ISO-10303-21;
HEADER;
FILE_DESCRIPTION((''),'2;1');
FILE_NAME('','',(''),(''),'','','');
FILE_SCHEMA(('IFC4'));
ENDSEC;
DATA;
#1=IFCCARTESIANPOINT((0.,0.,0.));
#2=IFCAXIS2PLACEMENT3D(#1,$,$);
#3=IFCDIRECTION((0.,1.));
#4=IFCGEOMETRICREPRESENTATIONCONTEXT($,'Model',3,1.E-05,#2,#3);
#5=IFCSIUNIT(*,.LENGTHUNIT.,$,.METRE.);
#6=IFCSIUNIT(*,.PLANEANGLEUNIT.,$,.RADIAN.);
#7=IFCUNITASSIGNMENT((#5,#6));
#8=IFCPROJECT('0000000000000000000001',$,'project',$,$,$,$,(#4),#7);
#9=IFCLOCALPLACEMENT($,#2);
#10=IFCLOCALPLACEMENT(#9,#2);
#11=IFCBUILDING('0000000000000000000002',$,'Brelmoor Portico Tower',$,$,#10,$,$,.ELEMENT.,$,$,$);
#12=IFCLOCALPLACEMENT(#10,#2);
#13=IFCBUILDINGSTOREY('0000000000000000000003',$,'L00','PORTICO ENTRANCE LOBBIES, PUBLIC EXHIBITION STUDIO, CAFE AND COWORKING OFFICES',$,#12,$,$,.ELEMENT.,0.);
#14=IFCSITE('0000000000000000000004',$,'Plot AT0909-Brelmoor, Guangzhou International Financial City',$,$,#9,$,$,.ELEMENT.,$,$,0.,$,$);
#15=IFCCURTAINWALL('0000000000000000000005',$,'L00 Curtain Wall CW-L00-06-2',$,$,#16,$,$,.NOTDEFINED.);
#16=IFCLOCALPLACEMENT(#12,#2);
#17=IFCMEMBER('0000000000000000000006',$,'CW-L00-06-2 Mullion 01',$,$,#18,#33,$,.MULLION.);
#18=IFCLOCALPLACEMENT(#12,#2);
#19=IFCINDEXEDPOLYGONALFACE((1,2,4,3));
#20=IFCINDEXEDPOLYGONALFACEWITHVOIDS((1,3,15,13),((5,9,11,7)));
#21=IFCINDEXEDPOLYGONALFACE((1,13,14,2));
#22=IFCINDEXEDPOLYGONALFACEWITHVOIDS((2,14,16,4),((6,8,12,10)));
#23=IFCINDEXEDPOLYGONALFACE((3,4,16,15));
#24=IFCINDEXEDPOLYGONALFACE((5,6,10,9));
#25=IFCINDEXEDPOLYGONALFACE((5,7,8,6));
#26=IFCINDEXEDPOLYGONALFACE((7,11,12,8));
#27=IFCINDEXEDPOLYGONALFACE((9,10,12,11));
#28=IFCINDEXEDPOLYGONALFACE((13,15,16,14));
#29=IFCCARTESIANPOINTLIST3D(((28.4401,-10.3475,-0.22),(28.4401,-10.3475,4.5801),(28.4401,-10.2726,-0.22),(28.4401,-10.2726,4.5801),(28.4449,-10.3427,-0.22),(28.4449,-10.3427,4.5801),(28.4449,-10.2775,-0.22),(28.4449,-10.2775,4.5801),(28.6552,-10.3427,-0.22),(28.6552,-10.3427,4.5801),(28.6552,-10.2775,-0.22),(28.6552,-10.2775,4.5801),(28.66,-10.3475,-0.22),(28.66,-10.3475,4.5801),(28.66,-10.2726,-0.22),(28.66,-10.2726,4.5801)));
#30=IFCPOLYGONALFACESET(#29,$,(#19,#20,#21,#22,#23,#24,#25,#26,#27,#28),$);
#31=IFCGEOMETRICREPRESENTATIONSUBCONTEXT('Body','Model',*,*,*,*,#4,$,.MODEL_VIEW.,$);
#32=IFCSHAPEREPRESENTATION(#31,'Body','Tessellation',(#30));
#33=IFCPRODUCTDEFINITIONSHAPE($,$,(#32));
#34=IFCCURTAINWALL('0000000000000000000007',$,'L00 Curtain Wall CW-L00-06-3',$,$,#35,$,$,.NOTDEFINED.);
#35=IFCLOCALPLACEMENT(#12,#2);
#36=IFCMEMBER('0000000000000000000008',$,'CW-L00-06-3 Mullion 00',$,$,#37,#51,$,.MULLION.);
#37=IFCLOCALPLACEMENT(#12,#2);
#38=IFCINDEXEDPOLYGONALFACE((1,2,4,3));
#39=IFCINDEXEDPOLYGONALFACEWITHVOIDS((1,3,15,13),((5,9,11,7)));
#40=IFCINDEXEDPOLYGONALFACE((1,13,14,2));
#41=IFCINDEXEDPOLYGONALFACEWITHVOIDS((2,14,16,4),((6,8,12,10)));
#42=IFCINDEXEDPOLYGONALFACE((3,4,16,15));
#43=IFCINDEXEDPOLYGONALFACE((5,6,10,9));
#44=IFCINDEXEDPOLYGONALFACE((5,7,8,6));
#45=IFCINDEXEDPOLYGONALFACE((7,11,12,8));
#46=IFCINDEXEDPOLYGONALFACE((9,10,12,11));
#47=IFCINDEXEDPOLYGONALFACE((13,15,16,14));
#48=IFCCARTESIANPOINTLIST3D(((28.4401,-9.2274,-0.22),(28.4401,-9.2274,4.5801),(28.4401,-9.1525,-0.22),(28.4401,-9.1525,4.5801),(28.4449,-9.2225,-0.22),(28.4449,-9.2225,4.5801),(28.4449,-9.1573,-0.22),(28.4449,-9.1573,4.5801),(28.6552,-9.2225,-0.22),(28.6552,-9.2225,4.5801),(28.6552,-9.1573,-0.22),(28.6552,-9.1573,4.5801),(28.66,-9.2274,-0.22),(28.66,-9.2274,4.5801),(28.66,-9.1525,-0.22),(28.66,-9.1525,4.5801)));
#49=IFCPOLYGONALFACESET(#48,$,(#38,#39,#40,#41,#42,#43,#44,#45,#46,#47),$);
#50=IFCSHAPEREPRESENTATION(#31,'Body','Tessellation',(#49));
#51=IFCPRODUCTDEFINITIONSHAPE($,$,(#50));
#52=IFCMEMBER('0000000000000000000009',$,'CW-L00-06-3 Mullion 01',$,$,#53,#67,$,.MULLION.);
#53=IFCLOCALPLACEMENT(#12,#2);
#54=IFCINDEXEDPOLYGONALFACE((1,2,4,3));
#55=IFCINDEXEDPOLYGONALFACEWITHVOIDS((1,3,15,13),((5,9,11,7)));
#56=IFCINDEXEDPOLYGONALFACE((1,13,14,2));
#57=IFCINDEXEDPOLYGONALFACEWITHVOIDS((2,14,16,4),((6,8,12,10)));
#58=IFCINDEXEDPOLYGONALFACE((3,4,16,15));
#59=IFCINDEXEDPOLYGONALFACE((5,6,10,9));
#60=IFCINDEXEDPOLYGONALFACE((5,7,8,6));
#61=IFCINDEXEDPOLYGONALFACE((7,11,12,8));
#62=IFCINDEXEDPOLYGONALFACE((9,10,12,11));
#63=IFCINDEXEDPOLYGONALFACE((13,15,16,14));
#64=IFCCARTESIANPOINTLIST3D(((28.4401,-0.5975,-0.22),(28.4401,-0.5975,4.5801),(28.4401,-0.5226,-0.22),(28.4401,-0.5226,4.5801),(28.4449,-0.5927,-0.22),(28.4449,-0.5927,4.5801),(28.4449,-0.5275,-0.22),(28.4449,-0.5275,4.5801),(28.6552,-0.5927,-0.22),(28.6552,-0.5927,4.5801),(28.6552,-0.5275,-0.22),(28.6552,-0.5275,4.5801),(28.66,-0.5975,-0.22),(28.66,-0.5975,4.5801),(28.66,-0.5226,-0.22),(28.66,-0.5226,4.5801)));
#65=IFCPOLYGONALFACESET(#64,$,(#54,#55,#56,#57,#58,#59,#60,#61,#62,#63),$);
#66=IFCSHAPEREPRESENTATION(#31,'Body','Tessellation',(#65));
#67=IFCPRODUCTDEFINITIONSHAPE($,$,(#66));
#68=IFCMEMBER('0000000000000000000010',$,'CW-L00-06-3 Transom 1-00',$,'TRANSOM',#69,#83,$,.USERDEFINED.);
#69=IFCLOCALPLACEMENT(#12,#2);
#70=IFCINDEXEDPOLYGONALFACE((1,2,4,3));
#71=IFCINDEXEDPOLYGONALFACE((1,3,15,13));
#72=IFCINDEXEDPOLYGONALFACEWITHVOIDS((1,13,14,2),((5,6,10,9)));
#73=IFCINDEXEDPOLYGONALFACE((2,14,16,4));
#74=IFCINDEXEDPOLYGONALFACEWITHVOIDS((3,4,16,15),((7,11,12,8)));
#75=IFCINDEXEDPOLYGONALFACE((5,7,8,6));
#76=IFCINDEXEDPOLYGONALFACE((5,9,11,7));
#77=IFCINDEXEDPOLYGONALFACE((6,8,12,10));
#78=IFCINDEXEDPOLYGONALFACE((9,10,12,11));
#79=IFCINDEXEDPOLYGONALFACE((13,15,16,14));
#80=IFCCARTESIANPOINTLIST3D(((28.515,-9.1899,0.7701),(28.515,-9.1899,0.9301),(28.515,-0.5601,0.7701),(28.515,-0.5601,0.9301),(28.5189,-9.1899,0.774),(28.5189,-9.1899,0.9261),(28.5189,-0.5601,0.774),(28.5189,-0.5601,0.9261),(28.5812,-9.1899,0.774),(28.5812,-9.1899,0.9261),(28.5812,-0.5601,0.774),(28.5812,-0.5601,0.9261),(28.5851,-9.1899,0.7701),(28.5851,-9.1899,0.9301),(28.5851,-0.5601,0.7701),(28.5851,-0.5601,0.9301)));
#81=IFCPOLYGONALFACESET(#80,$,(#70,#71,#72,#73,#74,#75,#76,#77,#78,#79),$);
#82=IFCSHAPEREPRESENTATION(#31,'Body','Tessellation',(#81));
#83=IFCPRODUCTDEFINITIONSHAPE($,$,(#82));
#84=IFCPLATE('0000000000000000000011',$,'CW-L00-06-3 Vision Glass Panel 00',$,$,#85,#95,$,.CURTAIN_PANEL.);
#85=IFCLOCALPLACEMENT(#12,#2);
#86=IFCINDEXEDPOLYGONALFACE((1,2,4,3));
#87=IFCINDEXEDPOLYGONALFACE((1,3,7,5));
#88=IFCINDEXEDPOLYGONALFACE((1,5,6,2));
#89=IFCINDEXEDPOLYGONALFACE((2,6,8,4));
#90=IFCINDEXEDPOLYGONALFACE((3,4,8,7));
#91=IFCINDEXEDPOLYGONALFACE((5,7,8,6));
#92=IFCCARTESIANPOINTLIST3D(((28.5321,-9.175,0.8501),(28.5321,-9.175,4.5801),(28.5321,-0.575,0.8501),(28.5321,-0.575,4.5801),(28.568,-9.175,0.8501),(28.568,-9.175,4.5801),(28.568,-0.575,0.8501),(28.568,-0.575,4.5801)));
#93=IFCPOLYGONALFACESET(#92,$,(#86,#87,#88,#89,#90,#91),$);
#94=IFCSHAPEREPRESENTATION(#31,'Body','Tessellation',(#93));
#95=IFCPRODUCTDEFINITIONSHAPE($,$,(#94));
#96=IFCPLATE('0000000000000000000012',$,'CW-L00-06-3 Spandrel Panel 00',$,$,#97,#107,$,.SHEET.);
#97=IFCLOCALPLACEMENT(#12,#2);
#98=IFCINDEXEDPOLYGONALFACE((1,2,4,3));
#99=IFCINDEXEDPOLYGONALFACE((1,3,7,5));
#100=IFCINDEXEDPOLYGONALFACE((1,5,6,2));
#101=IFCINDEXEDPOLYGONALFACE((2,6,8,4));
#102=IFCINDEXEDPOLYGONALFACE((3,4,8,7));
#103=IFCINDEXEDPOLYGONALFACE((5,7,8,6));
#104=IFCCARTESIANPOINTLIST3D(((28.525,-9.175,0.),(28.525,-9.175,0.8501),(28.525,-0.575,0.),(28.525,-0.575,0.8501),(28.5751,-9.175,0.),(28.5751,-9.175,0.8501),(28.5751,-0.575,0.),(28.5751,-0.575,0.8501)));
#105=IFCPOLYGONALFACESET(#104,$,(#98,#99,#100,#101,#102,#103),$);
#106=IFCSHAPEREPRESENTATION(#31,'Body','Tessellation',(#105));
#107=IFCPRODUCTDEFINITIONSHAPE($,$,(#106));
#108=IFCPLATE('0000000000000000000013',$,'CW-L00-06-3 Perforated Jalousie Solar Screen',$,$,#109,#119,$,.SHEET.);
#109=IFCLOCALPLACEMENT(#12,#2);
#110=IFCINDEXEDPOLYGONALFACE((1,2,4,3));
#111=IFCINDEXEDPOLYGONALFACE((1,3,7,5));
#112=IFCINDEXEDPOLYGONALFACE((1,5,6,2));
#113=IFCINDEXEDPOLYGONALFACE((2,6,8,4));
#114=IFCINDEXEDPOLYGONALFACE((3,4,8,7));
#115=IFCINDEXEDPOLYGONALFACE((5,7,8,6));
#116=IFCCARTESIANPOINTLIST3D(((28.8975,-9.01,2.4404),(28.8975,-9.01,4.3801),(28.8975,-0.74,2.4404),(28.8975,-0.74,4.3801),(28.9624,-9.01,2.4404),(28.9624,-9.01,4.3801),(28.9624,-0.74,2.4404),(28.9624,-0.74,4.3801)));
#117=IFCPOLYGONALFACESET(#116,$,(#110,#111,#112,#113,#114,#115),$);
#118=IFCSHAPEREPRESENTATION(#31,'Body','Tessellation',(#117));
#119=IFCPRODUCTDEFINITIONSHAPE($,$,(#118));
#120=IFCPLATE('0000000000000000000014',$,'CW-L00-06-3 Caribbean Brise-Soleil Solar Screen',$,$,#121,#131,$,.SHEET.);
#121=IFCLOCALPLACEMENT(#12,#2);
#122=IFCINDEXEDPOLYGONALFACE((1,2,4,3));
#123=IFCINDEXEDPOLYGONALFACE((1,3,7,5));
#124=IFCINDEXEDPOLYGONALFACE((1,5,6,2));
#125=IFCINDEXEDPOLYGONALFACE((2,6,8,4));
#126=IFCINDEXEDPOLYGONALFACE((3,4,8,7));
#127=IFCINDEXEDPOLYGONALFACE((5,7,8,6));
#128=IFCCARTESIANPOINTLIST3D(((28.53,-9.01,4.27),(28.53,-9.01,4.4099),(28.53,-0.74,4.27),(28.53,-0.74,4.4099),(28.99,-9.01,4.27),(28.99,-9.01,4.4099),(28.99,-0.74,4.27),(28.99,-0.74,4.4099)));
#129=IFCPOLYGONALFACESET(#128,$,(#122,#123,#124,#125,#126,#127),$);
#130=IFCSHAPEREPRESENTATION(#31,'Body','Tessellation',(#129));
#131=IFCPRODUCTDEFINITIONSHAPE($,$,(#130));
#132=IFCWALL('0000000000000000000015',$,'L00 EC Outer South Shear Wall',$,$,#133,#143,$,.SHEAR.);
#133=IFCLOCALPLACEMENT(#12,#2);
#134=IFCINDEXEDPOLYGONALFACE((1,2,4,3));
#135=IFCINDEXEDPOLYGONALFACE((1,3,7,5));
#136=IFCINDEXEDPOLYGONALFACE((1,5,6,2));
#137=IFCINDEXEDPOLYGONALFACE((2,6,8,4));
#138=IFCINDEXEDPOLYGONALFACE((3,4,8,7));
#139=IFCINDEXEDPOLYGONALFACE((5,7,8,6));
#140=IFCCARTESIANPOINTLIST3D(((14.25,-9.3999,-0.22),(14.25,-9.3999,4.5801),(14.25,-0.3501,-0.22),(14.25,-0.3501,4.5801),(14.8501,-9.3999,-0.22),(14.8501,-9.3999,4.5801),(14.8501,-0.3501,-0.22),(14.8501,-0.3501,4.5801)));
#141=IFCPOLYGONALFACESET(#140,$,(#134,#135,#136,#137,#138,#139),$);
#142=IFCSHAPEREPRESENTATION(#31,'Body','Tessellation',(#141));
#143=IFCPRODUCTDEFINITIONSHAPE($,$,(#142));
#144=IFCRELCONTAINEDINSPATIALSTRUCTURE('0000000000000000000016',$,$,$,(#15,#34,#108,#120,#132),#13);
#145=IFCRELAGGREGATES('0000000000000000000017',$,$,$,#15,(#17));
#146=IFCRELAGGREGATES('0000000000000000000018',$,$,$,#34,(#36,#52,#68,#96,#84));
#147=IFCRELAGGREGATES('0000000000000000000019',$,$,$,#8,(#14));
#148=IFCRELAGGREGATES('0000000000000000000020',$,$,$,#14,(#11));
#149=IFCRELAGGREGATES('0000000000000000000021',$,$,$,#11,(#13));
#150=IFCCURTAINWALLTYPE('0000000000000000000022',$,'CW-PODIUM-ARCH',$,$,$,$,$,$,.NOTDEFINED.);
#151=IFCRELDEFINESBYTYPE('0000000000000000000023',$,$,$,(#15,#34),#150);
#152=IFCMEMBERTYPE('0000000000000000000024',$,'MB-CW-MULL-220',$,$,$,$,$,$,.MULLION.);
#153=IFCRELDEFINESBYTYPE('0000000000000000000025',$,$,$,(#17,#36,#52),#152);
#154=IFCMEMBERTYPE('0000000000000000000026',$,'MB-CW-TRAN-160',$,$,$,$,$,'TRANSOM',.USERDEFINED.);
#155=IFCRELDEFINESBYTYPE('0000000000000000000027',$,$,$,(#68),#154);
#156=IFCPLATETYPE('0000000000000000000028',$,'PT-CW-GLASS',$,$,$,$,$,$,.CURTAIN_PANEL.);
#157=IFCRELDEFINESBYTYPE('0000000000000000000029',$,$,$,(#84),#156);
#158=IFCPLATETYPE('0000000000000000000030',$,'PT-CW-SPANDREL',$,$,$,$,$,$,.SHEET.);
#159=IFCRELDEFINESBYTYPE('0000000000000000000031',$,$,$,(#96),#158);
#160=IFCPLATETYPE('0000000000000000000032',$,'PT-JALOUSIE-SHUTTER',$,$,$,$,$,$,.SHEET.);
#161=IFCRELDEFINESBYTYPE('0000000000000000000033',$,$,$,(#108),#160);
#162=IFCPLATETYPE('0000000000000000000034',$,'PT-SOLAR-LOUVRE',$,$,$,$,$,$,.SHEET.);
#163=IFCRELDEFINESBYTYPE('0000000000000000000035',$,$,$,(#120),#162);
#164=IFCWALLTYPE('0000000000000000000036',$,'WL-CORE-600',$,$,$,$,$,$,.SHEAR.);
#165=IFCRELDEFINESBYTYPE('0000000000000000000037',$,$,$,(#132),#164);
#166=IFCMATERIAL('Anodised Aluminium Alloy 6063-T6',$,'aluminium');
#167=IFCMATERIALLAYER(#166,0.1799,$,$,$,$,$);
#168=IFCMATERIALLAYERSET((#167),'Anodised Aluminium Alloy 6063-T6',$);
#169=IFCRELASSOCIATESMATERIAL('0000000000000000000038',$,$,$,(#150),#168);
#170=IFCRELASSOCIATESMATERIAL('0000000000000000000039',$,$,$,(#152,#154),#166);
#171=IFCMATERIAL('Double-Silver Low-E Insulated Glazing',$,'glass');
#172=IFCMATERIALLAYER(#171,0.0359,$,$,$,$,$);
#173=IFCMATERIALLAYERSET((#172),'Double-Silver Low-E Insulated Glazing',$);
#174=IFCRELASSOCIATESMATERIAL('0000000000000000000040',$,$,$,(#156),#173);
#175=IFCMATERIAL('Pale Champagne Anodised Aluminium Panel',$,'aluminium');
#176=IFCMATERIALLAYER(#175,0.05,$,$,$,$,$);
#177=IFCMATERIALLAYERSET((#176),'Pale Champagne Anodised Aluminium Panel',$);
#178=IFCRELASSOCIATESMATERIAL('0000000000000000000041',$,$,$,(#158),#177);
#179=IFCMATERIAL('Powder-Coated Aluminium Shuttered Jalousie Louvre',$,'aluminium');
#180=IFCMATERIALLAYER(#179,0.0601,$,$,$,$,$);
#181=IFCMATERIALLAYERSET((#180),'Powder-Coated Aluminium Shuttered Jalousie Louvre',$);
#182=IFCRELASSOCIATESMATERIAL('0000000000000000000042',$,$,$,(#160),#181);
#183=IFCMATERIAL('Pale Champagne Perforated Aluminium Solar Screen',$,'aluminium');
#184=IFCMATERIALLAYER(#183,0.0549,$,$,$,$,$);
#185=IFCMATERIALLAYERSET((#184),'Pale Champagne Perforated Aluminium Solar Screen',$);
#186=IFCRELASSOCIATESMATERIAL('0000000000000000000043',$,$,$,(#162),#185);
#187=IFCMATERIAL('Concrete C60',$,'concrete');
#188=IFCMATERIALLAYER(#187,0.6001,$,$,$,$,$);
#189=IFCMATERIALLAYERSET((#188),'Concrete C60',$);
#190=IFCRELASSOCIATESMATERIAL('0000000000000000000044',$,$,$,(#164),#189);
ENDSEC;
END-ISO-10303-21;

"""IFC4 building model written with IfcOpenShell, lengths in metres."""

from ifc_helpers import new_model, si_unit, direction, frame, frame_2d, origin, origin_2d, place, context, subcontext, project, spatial, rectangle, hollow_rectangle, extrude, material, layer, layer_set, material_profile, profile_set, type_object, element, aggregate, save


model = new_model("IFC4")

# Units and contexts
model_context = context("Model", 3, precision=1e-05, world=origin(), true_north=direction((0.0, 1.0)))
body_context = subcontext(model_context, "Body", "Model", "MODEL_VIEW")
ifc_project = project(units=[si_unit("LENGTHUNIT", "METRE"), si_unit("PLANEANGLEUNIT", "RADIAN")], contexts=[model_context])

# Site, building, storey
site_placement = place(None, origin())
site = spatial("IfcSite", under=ifc_project, at=site_placement, Name="Plot AT0909-Brelmoor, Guangzhou International Financial City", CompositionType="ELEMENT", RefElevation=0.0)
building_placement = place(site_placement, origin())
building = spatial("IfcBuilding", under=site, at=building_placement, Name="Brelmoor Portico Tower", CompositionType="ELEMENT")
storey_placement = place(building_placement, origin())
storey = spatial("IfcBuildingStorey", under=building, at=storey_placement, Name="L00", Description="PORTICO ENTRANCE LOBBIES, PUBLIC EXHIBITION STUDIO, CAFE AND COWORKING OFFICES", CompositionType="ELEMENT", Elevation=0.0)

# Curtain wall, member
ifc_material_1 = material(Name="Anodised Aluminium Alloy 6063-T6", Category="aluminium")
ifc_layer_1 = layer(ifc_material_1, 0.1799)
ifc_layer_set_1 = layer_set([ifc_layer_1], Name="Anodised Aluminium Alloy 6063-T6")
curtain_wall_type = type_object("IfcCurtainWallType", Name="CW-PODIUM-ARCH", PredefinedType="NOTDEFINED", material=ifc_layer_set_1)
curtain_wall_1_placement = place(storey_placement, origin())
curtain_wall_1 = element("IfcCurtainWall", 1, at=curtain_wall_1_placement, inside=storey, type_object=curtain_wall_type, Name="L00 Curtain Wall CW-L00-06-2", PredefinedType="NOTDEFINED")
ifc_material_profile_1 = material_profile(ifc_material_1, hollow_rectangle(XDim=0.075, YDim=0.22, WallThickness=0.0049, at=origin_2d()), Name="ALU MULLION 75x220")
ifc_profile_set_1 = profile_set([ifc_material_profile_1], Name="Anodised Aluminium Alloy 6063-T6")
member_type_1 = type_object("IfcMemberType", Name="MB-CW-MULL-220", PredefinedType="MULLION", material=ifc_profile_set_1)
member_1_placement = place(storey_placement, frame((28.55, -10.3101, -0.22), z_axis=(0.0, 0.0, 1.0), x_axis=(0.0, 1.0, 0.0)))
member_1 = element("IfcMember", 2, at=member_1_placement, type_object=member_type_1, Name="CW-L00-06-2 Mullion 01", PredefinedType="MULLION", context=body_context, shape_type="SweptSolid", body=[
    extrude(hollow_rectangle(XDim=0.075, YDim=0.22, WallThickness=0.0049, at=origin_2d()), origin(), (0.0, 0.0, 1.0), 4.8),
])
aggregate(curtain_wall_1, [member_1])

# Curtain wall, members, plates
curtain_wall_2_placement = place(storey_placement, origin())
curtain_wall_2 = element("IfcCurtainWall", 3, at=curtain_wall_2_placement, inside=storey, type_object=curtain_wall_type, Name="L00 Curtain Wall CW-L00-06-3", PredefinedType="NOTDEFINED")
member_2_placement = place(storey_placement, frame((28.55, -9.1899, -0.22), z_axis=(0.0, 0.0, 1.0), x_axis=(0.0, 1.0, 0.0)))
member_2 = element("IfcMember", 4, at=member_2_placement, type_object=member_type_1, Name="CW-L00-06-3 Mullion 00", PredefinedType="MULLION", context=body_context, shape_type="SweptSolid", body=[
    extrude(hollow_rectangle(XDim=0.075, YDim=0.22, WallThickness=0.0049, at=origin_2d()), origin(), (0.0, 0.0, 1.0), 4.8),
])
member_3_placement = place(storey_placement, frame((28.55, -0.5601, -0.22), z_axis=(0.0, 0.0, 1.0), x_axis=(0.0, 1.0, 0.0)))
member_3 = element("IfcMember", 5, at=member_3_placement, type_object=member_type_1, Name="CW-L00-06-3 Mullion 01", PredefinedType="MULLION", context=body_context, shape_type="SweptSolid", body=[
    extrude(hollow_rectangle(XDim=0.075, YDim=0.22, WallThickness=0.0049, at=origin_2d()), origin(), (0.0, 0.0, 1.0), 4.8),
])
ifc_material_profile_2 = material_profile(ifc_material_1, hollow_rectangle(XDim=0.0701, YDim=0.1599, WallThickness=0.0039, at=origin_2d()), Name="ALU TRANSOM 70x160")
ifc_profile_set_2 = profile_set([ifc_material_profile_2], Name="Anodised Aluminium Alloy 6063-T6")
member_type_2 = type_object("IfcMemberType", Name="MB-CW-TRAN-160", ElementType="TRANSOM", PredefinedType="USERDEFINED", material=ifc_profile_set_2)
member_4_placement = place(storey_placement, frame((28.55, -9.1899, 0.8501), z_axis=(0.0, 1.0, 0.0), x_axis=(-1.0, 0.0, 0.0)))
member_4 = element("IfcMember", 6, at=member_4_placement, type_object=member_type_2, Name="CW-L00-06-3 Transom 1-00", ObjectType="TRANSOM", PredefinedType="USERDEFINED", context=body_context, shape_type="SweptSolid", body=[
    extrude(hollow_rectangle(XDim=0.0701, YDim=0.1599, WallThickness=0.0039, at=origin_2d()), origin(), (0.0, 0.0, 1.0), 8.6299),
])
ifc_material_2 = material(Name="Double-Silver Low-E Insulated Glazing", Category="glass")
ifc_layer_2 = layer(ifc_material_2, 0.0359)
ifc_layer_set_2 = layer_set([ifc_layer_2], Name="Double-Silver Low-E Insulated Glazing")
plate_type_1 = type_object("IfcPlateType", Name="PT-CW-GLASS", PredefinedType="CURTAIN_PANEL", material=ifc_layer_set_2)
plate_1_placement = place(storey_placement, frame((28.55, -4.875, 0.8501), z_axis=(0.0, 0.0, 1.0), x_axis=(0.0, 1.0, 0.0)))
plate_1 = element("IfcPlate", 7, at=plate_1_placement, type_object=plate_type_1, Name="CW-L00-06-3 Vision Glass Panel 00", PredefinedType="CURTAIN_PANEL", context=body_context, shape_type="SweptSolid", body=[
    extrude(rectangle(XDim=8.6001, YDim=0.0359, at=origin_2d()), origin(), (0.0, 0.0, 1.0), 3.73),
])
ifc_material_3 = material(Name="Pale Champagne Anodised Aluminium Panel", Category="aluminium")
ifc_layer_3 = layer(ifc_material_3, 0.05)
ifc_layer_set_3 = layer_set([ifc_layer_3], Name="Pale Champagne Anodised Aluminium Panel")
plate_type_2 = type_object("IfcPlateType", Name="PT-CW-SPANDREL", PredefinedType="SHEET", material=ifc_layer_set_3)
plate_2_placement = place(storey_placement, frame((28.55, -4.875, 0.0), z_axis=(0.0, 0.0, 1.0), x_axis=(0.0, 1.0, 0.0)))
plate_2 = element("IfcPlate", 8, at=plate_2_placement, type_object=plate_type_2, Name="CW-L00-06-3 Spandrel Panel 00", PredefinedType="SHEET", context=body_context, shape_type="SweptSolid", body=[
    extrude(rectangle(XDim=8.6001, YDim=0.05, at=origin_2d()), origin(), (0.0, 0.0, 1.0), 0.8501),
])
aggregate(curtain_wall_2, [member_2, member_3, member_4, plate_2, plate_1])

# Plates
ifc_material_4 = material(Name="Powder-Coated Aluminium Shuttered Jalousie Louvre", Category="aluminium")
ifc_layer_4 = layer(ifc_material_4, 0.0601)
ifc_layer_set_4 = layer_set([ifc_layer_4], Name="Powder-Coated Aluminium Shuttered Jalousie Louvre")
plate_type_3 = type_object("IfcPlateType", Name="PT-JALOUSIE-SHUTTER", PredefinedType="SHEET", material=ifc_layer_set_4)
plate_3_placement = place(storey_placement, frame((28.9299, -4.875, 2.4404), z_axis=(0.0, 0.0, 1.0), x_axis=(0.0, 1.0, 0.0)))
element("IfcPlate", 9, at=plate_3_placement, inside=storey, type_object=plate_type_3, Name="CW-L00-06-3 Perforated Jalousie Solar Screen", PredefinedType="SHEET", context=body_context, shape_type="SweptSolid", body=[
    extrude(rectangle(XDim=8.27, YDim=0.0649, at=origin_2d()), origin(), (0.0, 0.0, 1.0), 1.9397),
])
ifc_material_5 = material(Name="Pale Champagne Perforated Aluminium Solar Screen", Category="aluminium")
ifc_layer_5 = layer(ifc_material_5, 0.0549)
ifc_layer_set_5 = layer_set([ifc_layer_5], Name="Pale Champagne Perforated Aluminium Solar Screen")
plate_type_4 = type_object("IfcPlateType", Name="PT-SOLAR-LOUVRE", PredefinedType="SHEET", material=ifc_layer_set_5)
plate_4_placement = place(storey_placement, frame((28.76, -4.875, 4.27), z_axis=(0.0, 0.0, 1.0), x_axis=(0.0, 1.0, 0.0)))
element("IfcPlate", 10, at=plate_4_placement, inside=storey, type_object=plate_type_4, Name="CW-L00-06-3 Caribbean Brise-Soleil Solar Screen", PredefinedType="SHEET", context=body_context, shape_type="SweptSolid", body=[
    extrude(rectangle(XDim=8.27, YDim=0.46, at=origin_2d()), origin(), (0.0, 0.0, 1.0), 0.1399),
])

# Wall
ifc_material_6 = material(Name="Concrete C60", Category="concrete")
ifc_layer_6 = layer(ifc_material_6, 0.6001)
ifc_layer_set_6 = layer_set([ifc_layer_6], Name="Concrete C60")
wall_type = type_object("IfcWallType", Name="WL-CORE-600", PredefinedType="SHEAR", material=ifc_layer_set_6)
wall_placement = place(storey_placement, frame((14.55, -9.3999, -0.22), z_axis=(0.0, 0.0, 1.0), x_axis=(0.0, 1.0, 0.0)))
element("IfcWall", 11, at=wall_placement, inside=storey, type_object=wall_type, Name="L00 EC Outer South Shear Wall", PredefinedType="SHEAR", context=body_context, shape_type="SweptSolid", body=[
    extrude(rectangle(XDim=9.0498, YDim=0.6001, at=frame_2d((4.5249, 0.0))), origin(), (0.0, 0.0, 1.0), 4.8),
])

save(model, "model.ifc")
